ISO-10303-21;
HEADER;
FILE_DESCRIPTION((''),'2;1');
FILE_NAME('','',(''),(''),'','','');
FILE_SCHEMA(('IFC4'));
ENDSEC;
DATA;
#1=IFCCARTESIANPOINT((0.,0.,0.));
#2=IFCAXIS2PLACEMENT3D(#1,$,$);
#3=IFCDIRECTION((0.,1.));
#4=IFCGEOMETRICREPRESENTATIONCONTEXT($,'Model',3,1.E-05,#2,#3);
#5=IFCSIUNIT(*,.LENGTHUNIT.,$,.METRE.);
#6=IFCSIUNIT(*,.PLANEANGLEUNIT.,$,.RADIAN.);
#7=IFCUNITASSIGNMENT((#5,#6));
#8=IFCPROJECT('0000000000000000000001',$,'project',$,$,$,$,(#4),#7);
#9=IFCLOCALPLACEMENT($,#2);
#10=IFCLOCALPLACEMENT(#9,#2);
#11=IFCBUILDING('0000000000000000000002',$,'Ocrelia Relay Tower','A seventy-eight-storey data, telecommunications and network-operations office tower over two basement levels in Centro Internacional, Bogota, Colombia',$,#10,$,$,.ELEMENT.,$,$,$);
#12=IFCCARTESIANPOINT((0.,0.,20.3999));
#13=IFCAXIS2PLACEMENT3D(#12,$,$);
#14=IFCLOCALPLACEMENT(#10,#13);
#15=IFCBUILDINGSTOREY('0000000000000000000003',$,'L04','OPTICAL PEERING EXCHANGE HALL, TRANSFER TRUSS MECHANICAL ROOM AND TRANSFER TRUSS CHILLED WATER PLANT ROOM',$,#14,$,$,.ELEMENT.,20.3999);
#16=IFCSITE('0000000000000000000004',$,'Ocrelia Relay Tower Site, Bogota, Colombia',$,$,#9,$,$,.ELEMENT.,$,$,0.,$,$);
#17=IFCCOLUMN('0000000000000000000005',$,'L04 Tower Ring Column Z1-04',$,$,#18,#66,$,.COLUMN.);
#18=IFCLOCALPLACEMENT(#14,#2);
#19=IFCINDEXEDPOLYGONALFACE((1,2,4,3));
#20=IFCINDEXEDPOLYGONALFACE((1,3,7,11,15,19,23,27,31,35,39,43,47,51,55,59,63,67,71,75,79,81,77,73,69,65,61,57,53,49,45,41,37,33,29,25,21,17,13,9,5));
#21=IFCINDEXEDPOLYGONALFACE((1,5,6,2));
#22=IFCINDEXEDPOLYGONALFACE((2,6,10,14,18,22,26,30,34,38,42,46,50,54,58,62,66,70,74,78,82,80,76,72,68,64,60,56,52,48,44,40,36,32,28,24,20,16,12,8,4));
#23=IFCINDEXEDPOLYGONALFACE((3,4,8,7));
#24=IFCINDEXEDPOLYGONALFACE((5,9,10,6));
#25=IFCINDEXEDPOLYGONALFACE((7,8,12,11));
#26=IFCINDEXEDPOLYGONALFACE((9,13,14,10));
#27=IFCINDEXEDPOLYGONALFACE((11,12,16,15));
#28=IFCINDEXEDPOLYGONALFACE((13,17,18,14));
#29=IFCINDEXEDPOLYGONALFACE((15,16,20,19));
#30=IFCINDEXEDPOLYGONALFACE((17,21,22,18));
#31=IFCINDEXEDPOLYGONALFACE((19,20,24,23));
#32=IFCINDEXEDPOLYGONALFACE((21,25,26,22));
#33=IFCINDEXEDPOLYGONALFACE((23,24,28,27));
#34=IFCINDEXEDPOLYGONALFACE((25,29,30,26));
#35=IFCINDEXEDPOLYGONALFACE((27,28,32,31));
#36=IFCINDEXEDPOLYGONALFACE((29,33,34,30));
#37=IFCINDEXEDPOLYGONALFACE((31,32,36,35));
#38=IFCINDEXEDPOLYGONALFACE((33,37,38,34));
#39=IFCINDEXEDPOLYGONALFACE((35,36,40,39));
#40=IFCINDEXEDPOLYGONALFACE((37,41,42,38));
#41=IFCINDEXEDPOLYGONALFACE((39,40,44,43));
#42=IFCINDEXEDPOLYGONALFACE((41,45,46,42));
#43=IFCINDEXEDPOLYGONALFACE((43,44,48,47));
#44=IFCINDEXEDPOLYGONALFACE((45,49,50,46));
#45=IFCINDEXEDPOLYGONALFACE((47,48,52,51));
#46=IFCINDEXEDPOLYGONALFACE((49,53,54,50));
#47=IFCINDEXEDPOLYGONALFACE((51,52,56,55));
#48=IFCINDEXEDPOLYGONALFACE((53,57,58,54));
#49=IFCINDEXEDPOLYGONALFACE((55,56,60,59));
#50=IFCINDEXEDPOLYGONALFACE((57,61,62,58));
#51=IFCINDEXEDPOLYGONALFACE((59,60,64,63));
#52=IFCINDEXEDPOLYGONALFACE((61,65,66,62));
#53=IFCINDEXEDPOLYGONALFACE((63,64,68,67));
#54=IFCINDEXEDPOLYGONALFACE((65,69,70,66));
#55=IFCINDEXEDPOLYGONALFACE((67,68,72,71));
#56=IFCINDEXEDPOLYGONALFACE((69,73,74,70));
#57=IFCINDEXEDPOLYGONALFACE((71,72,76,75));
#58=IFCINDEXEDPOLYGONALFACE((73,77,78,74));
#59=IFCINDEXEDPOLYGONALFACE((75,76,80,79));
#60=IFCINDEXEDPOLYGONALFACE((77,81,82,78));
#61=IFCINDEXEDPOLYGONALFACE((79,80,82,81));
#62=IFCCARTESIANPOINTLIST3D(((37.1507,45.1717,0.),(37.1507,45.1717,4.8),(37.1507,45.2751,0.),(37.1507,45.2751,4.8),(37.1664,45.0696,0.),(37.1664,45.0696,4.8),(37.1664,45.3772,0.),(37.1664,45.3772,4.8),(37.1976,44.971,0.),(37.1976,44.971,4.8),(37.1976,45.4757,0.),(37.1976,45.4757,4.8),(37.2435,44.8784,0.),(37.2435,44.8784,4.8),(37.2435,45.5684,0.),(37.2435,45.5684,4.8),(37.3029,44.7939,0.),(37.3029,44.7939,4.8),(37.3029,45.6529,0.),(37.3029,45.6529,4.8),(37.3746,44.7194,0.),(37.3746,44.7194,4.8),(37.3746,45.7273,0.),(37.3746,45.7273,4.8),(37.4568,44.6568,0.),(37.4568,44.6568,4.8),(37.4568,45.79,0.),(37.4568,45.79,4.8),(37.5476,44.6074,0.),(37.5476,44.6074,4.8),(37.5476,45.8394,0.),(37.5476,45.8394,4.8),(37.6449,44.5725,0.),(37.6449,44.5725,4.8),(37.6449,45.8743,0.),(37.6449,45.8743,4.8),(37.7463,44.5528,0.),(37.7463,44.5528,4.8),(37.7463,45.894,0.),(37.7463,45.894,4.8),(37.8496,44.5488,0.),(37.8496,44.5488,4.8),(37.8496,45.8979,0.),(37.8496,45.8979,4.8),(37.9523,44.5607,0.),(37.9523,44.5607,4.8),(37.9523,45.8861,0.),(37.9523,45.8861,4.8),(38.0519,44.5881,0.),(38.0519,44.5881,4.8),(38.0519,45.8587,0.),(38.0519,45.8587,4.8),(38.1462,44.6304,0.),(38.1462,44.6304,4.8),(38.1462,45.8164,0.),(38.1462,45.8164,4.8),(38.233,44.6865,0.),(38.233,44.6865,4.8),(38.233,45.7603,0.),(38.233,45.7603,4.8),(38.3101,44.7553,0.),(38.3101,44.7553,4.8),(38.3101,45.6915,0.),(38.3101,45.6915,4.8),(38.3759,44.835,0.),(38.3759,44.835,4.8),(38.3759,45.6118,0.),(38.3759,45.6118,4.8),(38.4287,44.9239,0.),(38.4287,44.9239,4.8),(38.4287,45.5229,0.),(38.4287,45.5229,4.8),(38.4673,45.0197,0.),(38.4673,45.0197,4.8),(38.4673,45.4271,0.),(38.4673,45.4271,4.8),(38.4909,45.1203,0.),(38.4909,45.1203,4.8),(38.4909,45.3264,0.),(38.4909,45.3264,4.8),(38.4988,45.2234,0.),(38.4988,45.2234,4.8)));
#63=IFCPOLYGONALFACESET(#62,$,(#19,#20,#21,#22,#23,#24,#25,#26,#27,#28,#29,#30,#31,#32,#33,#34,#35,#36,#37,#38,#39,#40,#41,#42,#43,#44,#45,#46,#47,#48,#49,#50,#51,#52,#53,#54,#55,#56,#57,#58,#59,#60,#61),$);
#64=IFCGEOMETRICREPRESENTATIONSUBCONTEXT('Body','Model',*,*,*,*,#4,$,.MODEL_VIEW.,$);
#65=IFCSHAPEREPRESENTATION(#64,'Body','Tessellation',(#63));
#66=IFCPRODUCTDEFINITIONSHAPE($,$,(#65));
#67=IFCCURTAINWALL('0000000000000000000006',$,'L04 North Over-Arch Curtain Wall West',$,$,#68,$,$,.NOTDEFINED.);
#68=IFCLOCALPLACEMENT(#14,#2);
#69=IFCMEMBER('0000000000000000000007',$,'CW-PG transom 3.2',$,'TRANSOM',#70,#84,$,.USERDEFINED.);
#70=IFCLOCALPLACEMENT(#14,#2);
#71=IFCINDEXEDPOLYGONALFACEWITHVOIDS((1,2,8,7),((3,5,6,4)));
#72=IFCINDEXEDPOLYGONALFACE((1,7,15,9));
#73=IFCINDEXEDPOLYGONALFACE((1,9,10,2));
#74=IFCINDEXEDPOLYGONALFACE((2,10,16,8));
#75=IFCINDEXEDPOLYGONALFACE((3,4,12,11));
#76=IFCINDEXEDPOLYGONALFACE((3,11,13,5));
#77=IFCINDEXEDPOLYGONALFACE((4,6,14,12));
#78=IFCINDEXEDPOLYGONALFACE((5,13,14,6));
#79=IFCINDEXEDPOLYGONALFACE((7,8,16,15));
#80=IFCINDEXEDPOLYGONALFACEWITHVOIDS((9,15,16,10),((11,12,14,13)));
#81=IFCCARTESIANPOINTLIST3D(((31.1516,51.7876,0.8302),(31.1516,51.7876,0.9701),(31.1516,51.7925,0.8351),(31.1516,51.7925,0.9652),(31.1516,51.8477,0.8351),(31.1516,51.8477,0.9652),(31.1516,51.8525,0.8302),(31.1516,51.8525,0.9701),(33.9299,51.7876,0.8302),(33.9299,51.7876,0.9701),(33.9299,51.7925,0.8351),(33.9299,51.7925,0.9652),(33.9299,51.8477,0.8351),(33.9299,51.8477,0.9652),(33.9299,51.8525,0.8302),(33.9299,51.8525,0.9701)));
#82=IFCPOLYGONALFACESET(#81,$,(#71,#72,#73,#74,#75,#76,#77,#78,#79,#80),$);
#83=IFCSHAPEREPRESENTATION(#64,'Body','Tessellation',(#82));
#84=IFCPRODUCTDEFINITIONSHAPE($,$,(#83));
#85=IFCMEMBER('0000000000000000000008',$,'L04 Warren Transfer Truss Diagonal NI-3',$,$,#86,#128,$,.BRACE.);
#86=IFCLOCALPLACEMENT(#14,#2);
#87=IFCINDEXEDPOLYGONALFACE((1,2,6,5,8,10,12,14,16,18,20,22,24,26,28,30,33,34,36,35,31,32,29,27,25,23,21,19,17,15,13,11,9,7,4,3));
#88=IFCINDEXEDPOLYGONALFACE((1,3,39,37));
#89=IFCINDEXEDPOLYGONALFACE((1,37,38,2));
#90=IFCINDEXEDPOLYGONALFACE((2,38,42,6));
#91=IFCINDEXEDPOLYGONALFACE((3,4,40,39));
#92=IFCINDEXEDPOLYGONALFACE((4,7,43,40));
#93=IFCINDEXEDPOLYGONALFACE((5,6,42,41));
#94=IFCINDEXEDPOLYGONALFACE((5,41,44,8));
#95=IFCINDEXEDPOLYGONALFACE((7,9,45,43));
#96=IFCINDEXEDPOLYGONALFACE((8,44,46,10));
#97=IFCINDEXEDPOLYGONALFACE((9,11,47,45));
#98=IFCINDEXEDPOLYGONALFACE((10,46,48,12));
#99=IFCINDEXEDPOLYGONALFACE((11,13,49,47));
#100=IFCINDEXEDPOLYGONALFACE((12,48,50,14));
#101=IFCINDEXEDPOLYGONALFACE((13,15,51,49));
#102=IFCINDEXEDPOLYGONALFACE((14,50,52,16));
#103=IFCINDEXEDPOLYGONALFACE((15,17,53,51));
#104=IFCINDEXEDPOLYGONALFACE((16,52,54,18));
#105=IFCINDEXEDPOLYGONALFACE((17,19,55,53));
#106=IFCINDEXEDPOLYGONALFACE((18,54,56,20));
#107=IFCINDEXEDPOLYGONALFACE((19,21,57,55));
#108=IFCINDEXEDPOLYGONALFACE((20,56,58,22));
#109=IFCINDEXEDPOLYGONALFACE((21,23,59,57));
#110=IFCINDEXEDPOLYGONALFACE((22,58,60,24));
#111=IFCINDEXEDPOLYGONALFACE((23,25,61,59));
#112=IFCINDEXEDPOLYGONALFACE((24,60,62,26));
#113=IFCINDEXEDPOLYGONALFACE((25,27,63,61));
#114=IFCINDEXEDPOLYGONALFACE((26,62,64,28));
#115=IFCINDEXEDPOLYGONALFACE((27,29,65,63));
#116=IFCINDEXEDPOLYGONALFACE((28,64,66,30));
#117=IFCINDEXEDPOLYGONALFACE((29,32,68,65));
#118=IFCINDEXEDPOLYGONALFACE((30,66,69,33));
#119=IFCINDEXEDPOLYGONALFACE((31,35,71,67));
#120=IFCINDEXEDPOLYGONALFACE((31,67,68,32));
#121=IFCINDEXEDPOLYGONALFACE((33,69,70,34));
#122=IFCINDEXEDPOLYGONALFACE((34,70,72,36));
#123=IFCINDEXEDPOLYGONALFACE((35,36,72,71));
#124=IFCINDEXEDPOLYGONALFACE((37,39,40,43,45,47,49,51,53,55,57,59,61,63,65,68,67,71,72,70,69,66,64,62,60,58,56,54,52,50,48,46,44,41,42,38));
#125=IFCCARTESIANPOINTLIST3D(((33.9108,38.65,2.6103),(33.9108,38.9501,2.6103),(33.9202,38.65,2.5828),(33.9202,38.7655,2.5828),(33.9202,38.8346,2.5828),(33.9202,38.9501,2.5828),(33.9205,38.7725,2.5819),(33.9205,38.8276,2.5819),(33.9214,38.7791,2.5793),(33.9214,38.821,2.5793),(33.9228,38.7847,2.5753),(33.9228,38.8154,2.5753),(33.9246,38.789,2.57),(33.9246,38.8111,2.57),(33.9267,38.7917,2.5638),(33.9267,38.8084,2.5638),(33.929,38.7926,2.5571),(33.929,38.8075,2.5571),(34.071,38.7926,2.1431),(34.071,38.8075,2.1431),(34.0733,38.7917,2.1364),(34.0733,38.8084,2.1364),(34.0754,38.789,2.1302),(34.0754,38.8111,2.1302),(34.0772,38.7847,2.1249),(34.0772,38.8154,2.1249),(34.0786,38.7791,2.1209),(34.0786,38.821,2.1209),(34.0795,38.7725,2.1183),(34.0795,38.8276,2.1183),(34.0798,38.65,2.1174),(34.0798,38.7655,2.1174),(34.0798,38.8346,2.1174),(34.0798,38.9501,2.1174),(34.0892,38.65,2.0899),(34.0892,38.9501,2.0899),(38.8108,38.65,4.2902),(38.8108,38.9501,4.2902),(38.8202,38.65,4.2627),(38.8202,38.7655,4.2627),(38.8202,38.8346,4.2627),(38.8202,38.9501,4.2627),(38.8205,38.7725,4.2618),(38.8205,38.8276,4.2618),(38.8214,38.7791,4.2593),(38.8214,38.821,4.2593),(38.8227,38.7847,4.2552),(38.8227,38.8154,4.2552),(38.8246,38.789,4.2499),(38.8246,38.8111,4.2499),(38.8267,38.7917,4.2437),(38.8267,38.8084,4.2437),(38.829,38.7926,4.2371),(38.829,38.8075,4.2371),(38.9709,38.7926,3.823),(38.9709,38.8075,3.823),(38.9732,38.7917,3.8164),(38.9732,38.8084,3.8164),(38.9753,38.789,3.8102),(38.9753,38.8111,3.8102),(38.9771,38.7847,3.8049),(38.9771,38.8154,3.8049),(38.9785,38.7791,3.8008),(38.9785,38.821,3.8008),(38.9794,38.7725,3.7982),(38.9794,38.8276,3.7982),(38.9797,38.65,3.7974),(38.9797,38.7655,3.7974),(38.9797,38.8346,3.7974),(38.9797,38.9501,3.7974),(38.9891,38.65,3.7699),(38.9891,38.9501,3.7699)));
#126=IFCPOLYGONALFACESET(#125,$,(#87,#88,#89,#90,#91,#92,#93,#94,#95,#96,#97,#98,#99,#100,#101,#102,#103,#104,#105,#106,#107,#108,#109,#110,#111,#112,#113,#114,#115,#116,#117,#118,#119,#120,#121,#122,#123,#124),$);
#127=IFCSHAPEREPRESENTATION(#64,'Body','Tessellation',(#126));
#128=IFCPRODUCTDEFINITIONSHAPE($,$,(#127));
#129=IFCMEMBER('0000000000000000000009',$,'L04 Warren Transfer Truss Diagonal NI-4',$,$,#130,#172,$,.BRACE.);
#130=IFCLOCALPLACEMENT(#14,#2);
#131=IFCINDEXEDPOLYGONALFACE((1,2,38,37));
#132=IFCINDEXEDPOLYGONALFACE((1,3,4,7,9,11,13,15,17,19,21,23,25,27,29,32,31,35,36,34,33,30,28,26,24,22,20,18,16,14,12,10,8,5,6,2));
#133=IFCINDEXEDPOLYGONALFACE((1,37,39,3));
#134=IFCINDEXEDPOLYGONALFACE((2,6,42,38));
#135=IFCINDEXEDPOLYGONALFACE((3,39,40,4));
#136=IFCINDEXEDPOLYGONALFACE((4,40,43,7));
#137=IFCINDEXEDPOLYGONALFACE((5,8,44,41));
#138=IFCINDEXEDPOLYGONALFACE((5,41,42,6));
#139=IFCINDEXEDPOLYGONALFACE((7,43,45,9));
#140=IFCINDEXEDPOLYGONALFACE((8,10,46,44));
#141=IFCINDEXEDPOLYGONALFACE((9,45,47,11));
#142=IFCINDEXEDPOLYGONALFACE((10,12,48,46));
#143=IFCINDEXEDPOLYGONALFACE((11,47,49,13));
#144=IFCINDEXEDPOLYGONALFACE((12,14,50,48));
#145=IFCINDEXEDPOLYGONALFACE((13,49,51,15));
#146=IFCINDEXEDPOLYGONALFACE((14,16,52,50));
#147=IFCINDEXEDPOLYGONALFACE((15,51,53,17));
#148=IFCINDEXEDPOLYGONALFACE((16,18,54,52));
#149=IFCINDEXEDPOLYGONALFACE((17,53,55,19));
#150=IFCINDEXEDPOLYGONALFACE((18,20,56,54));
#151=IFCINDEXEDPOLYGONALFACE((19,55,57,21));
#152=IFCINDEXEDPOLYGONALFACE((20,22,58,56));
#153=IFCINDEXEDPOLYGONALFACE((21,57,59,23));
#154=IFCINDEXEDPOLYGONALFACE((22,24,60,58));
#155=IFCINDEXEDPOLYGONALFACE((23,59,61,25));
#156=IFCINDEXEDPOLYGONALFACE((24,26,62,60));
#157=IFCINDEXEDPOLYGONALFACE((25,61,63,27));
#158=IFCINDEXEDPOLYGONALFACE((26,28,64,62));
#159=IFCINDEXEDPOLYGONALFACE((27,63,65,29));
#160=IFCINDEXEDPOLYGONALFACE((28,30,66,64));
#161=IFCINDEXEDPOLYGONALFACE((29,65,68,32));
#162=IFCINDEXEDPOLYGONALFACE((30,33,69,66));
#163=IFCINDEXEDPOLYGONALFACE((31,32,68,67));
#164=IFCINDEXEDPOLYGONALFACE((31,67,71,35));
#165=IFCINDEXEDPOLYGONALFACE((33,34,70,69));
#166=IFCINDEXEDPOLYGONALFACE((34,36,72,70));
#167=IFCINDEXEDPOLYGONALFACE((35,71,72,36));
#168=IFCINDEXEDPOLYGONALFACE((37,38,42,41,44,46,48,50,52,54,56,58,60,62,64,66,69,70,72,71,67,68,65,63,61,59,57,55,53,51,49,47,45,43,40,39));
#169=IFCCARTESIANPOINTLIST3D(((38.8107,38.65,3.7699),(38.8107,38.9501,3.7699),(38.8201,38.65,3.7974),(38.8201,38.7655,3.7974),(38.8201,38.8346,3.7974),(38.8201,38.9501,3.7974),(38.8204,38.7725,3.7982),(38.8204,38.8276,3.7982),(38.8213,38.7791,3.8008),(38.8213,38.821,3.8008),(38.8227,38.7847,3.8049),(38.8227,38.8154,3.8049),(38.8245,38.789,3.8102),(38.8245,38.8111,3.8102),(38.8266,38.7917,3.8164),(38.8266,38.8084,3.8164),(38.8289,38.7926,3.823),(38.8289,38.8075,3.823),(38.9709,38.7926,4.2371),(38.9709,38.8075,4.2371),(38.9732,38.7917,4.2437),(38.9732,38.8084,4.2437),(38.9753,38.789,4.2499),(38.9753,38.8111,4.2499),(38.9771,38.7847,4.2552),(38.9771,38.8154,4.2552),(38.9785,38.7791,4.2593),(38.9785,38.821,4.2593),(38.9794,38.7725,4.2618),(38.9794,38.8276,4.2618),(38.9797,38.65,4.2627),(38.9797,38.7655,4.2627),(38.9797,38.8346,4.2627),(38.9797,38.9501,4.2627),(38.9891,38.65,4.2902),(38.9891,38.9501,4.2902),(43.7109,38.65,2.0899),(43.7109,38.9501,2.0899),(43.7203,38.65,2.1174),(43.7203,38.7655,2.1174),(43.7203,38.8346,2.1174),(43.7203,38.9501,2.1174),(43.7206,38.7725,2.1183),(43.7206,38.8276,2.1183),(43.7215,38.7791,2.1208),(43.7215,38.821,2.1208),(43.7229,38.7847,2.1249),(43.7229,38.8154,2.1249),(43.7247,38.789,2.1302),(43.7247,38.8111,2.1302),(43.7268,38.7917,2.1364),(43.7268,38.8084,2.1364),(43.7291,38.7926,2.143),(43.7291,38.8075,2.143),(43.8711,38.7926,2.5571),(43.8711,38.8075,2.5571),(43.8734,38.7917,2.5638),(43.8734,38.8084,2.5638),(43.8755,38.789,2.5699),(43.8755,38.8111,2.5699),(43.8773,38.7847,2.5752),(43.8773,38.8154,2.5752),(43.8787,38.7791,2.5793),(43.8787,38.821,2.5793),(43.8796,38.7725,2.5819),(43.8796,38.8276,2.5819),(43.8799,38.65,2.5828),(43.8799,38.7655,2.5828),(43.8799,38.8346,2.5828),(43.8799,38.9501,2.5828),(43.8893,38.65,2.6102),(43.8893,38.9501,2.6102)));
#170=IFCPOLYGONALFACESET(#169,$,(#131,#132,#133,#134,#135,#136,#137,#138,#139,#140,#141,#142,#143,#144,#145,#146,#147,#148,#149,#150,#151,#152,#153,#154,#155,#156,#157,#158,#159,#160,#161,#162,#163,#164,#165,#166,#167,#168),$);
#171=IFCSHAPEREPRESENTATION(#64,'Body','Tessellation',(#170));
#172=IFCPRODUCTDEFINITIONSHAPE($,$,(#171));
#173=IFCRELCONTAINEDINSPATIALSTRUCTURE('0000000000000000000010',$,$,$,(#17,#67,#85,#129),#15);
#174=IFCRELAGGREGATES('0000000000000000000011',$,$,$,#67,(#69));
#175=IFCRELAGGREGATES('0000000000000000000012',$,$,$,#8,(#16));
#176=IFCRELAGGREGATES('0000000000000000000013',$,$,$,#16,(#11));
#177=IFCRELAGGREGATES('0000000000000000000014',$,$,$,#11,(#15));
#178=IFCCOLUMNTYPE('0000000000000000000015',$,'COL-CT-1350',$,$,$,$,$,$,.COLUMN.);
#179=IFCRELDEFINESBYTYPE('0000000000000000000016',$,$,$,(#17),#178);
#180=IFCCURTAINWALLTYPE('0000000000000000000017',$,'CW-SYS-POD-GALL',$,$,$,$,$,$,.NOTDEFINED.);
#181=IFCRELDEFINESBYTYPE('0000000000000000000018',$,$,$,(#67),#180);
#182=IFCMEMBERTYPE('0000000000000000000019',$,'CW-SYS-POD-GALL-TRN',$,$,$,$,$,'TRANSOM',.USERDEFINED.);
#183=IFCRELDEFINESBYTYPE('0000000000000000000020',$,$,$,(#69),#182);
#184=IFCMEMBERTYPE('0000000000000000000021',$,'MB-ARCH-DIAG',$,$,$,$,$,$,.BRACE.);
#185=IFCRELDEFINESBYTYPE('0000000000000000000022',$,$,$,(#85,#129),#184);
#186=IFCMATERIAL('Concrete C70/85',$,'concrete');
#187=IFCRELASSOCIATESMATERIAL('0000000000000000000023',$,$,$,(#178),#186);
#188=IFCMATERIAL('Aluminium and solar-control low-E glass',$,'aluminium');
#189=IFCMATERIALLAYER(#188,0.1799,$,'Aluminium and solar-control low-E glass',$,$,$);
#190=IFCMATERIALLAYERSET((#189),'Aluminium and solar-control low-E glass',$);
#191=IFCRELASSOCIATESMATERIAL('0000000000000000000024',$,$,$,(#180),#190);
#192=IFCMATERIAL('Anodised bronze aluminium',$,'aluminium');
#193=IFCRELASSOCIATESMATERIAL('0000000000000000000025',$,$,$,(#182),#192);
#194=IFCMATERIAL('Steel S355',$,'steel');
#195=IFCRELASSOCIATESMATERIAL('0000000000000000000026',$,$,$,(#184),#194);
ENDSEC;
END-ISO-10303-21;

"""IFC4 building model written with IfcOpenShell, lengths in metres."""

from ifc_helpers import new_model, si_unit, direction, frame, origin, origin_2d, place, context, subcontext, project, spatial, hollow_rectangle, circle, i_section, extrude, material, layer, layer_set, material_profile, profile_set, type_object, element, aggregate, save


model = new_model("IFC4")

# Units and contexts
model_context = context("Model", 3, precision=1e-05, world=origin(), true_north=direction((0.0, 1.0)))
body_context = subcontext(model_context, "Body", "Model", "MODEL_VIEW")
ifc_project = project(units=[si_unit("LENGTHUNIT", "METRE"), si_unit("PLANEANGLEUNIT", "RADIAN")], contexts=[model_context])

# Site, building, storey
site_placement = place(None, origin())
site = spatial("IfcSite", under=ifc_project, at=site_placement, Name="Ocrelia Relay Tower Site, Bogota, Colombia", CompositionType="ELEMENT", RefElevation=0.0)
building_placement = place(site_placement, origin())
building = spatial("IfcBuilding", under=site, at=building_placement, Name="Ocrelia Relay Tower", Description="A seventy-eight-storey data, telecommunications and network-operations office tower over two basement levels in Centro Internacional, Bogota, Colombia", CompositionType="ELEMENT")
storey_placement = place(building_placement, frame((0.0, 0.0, 20.3999)))
storey = spatial("IfcBuildingStorey", under=building, at=storey_placement, Name="L04", Description="OPTICAL PEERING EXCHANGE HALL, TRANSFER TRUSS MECHANICAL ROOM AND TRANSFER TRUSS CHILLED WATER PLANT ROOM", CompositionType="ELEMENT", Elevation=20.3999)

# Column
ifc_material_1 = material(Name="Concrete C70/85", Category="concrete")
ifc_material_profile_1 = material_profile(ifc_material_1, circle(Radius=0.675, at=origin_2d()), Name="RC-CIR-1350")
ifc_profile_set_1 = profile_set([ifc_material_profile_1], Name="Concrete C70/85")
column_type = type_object("IfcColumnType", Name="COL-CT-1350", PredefinedType="COLUMN", material=ifc_profile_set_1)
column_placement = place(storey_placement, frame((37.8237, 45.2234, 0.0), z_axis=(0.0, 0.0, 1.0), x_axis=(1.0, 0.0, 0.0)))
element("IfcColumn", 1, at=column_placement, inside=storey, type_object=column_type, Name="L04 Tower Ring Column Z1-04", PredefinedType="COLUMN", context=body_context, shape_type="SweptSolid", body=[
    extrude(circle(Radius=0.675, at=origin_2d()), origin(), (0.0, 0.0, 1.0), 4.8),
])

# Curtain wall, member
ifc_material_2 = material(Name="Aluminium and solar-control low-E glass", Category="aluminium")
ifc_layer_1 = layer(ifc_material_2, 0.1799, Name="Aluminium and solar-control low-E glass")
ifc_layer_set_1 = layer_set([ifc_layer_1], Name="Aluminium and solar-control low-E glass")
curtain_wall_type = type_object("IfcCurtainWallType", Name="CW-SYS-POD-GALL", PredefinedType="NOTDEFINED", material=ifc_layer_set_1)
curtain_wall_placement = place(storey_placement, origin())
curtain_wall = element("IfcCurtainWall", 2, at=curtain_wall_placement, inside=storey, type_object=curtain_wall_type, Name="L04 North Over-Arch Curtain Wall West", PredefinedType="NOTDEFINED")
ifc_material_3 = material(Name="Anodised bronze aluminium", Category="aluminium")
ifc_material_profile_2 = material_profile(ifc_material_3, hollow_rectangle(XDim=0.0649, YDim=0.1399, WallThickness=0.0049, at=origin_2d()), Name="CW-TRN-140x65")
ifc_profile_set_2 = profile_set([ifc_material_profile_2], Name="Anodised bronze aluminium")
member_type_1 = type_object("IfcMemberType", Name="CW-SYS-POD-GALL-TRN", ElementType="TRANSOM", PredefinedType="USERDEFINED", material=ifc_profile_set_2)
member_1_placement = place(storey_placement, frame((31.1516, 51.8201, 0.9001), z_axis=(1.0, 0.0, 0.0), x_axis=(0.0, 1.0, 0.0)))
member_1 = element("IfcMember", 3, at=member_1_placement, type_object=member_type_1, Name="CW-PG transom 3.2", ObjectType="TRANSOM", PredefinedType="USERDEFINED", context=body_context, shape_type="SweptSolid", body=[
    extrude(hollow_rectangle(XDim=0.0649, YDim=0.1399, WallThickness=0.0049, at=origin_2d()), origin(), (0.0, 0.0, 1.0), 2.7783),
])
aggregate(curtain_wall, [member_1])

# Members
ifc_material_4 = material(Name="Steel S355", Category="steel")
ifc_material_profile_3 = material_profile(ifc_material_4, i_section(OverallWidth=0.3, OverallDepth=0.55, WebThickness=0.0149, FlangeThickness=0.0291, FilletRadius=0.0271, at=origin_2d()), Name="HEB 550")
ifc_profile_set_3 = profile_set([ifc_material_profile_3], Name="Steel S355")
member_type_2 = type_object("IfcMemberType", Name="MB-ARCH-DIAG", PredefinedType="BRACE", material=ifc_profile_set_3)
member_2_placement = place(storey_placement, frame((34.0, 38.8, 2.3501), z_axis=(0.945948, 0.0, 0.324318), x_axis=(0.0, 1.0, 0.0)))
element("IfcMember", 4, at=member_2_placement, inside=storey, type_object=member_type_2, Name="L04 Warren Transfer Truss Diagonal NI-3", PredefinedType="BRACE", context=body_context, shape_type="SweptSolid", body=[
    extrude(i_section(OverallWidth=0.3, OverallDepth=0.55, WebThickness=0.0149, FlangeThickness=0.0291, FilletRadius=0.0271, at=origin_2d()), origin(), (0.0, 0.0, 1.0), 5.1799),
])
member_3_placement = place(storey_placement, frame((38.8999, 38.8, 4.03), z_axis=(0.945953, 0.0, -0.324304), x_axis=(0.0, 1.0, 0.0)))
element("IfcMember", 5, at=member_3_placement, inside=storey, type_object=member_type_2, Name="L04 Warren Transfer Truss Diagonal NI-4", PredefinedType="BRACE", context=body_context, shape_type="SweptSolid", body=[
    extrude(i_section(OverallWidth=0.3, OverallDepth=0.55, WebThickness=0.0149, FlangeThickness=0.0291, FilletRadius=0.0271, at=origin_2d()), origin(), (0.0, 0.0, 1.0), 5.1802),
])

save(model, "model.ifc")
